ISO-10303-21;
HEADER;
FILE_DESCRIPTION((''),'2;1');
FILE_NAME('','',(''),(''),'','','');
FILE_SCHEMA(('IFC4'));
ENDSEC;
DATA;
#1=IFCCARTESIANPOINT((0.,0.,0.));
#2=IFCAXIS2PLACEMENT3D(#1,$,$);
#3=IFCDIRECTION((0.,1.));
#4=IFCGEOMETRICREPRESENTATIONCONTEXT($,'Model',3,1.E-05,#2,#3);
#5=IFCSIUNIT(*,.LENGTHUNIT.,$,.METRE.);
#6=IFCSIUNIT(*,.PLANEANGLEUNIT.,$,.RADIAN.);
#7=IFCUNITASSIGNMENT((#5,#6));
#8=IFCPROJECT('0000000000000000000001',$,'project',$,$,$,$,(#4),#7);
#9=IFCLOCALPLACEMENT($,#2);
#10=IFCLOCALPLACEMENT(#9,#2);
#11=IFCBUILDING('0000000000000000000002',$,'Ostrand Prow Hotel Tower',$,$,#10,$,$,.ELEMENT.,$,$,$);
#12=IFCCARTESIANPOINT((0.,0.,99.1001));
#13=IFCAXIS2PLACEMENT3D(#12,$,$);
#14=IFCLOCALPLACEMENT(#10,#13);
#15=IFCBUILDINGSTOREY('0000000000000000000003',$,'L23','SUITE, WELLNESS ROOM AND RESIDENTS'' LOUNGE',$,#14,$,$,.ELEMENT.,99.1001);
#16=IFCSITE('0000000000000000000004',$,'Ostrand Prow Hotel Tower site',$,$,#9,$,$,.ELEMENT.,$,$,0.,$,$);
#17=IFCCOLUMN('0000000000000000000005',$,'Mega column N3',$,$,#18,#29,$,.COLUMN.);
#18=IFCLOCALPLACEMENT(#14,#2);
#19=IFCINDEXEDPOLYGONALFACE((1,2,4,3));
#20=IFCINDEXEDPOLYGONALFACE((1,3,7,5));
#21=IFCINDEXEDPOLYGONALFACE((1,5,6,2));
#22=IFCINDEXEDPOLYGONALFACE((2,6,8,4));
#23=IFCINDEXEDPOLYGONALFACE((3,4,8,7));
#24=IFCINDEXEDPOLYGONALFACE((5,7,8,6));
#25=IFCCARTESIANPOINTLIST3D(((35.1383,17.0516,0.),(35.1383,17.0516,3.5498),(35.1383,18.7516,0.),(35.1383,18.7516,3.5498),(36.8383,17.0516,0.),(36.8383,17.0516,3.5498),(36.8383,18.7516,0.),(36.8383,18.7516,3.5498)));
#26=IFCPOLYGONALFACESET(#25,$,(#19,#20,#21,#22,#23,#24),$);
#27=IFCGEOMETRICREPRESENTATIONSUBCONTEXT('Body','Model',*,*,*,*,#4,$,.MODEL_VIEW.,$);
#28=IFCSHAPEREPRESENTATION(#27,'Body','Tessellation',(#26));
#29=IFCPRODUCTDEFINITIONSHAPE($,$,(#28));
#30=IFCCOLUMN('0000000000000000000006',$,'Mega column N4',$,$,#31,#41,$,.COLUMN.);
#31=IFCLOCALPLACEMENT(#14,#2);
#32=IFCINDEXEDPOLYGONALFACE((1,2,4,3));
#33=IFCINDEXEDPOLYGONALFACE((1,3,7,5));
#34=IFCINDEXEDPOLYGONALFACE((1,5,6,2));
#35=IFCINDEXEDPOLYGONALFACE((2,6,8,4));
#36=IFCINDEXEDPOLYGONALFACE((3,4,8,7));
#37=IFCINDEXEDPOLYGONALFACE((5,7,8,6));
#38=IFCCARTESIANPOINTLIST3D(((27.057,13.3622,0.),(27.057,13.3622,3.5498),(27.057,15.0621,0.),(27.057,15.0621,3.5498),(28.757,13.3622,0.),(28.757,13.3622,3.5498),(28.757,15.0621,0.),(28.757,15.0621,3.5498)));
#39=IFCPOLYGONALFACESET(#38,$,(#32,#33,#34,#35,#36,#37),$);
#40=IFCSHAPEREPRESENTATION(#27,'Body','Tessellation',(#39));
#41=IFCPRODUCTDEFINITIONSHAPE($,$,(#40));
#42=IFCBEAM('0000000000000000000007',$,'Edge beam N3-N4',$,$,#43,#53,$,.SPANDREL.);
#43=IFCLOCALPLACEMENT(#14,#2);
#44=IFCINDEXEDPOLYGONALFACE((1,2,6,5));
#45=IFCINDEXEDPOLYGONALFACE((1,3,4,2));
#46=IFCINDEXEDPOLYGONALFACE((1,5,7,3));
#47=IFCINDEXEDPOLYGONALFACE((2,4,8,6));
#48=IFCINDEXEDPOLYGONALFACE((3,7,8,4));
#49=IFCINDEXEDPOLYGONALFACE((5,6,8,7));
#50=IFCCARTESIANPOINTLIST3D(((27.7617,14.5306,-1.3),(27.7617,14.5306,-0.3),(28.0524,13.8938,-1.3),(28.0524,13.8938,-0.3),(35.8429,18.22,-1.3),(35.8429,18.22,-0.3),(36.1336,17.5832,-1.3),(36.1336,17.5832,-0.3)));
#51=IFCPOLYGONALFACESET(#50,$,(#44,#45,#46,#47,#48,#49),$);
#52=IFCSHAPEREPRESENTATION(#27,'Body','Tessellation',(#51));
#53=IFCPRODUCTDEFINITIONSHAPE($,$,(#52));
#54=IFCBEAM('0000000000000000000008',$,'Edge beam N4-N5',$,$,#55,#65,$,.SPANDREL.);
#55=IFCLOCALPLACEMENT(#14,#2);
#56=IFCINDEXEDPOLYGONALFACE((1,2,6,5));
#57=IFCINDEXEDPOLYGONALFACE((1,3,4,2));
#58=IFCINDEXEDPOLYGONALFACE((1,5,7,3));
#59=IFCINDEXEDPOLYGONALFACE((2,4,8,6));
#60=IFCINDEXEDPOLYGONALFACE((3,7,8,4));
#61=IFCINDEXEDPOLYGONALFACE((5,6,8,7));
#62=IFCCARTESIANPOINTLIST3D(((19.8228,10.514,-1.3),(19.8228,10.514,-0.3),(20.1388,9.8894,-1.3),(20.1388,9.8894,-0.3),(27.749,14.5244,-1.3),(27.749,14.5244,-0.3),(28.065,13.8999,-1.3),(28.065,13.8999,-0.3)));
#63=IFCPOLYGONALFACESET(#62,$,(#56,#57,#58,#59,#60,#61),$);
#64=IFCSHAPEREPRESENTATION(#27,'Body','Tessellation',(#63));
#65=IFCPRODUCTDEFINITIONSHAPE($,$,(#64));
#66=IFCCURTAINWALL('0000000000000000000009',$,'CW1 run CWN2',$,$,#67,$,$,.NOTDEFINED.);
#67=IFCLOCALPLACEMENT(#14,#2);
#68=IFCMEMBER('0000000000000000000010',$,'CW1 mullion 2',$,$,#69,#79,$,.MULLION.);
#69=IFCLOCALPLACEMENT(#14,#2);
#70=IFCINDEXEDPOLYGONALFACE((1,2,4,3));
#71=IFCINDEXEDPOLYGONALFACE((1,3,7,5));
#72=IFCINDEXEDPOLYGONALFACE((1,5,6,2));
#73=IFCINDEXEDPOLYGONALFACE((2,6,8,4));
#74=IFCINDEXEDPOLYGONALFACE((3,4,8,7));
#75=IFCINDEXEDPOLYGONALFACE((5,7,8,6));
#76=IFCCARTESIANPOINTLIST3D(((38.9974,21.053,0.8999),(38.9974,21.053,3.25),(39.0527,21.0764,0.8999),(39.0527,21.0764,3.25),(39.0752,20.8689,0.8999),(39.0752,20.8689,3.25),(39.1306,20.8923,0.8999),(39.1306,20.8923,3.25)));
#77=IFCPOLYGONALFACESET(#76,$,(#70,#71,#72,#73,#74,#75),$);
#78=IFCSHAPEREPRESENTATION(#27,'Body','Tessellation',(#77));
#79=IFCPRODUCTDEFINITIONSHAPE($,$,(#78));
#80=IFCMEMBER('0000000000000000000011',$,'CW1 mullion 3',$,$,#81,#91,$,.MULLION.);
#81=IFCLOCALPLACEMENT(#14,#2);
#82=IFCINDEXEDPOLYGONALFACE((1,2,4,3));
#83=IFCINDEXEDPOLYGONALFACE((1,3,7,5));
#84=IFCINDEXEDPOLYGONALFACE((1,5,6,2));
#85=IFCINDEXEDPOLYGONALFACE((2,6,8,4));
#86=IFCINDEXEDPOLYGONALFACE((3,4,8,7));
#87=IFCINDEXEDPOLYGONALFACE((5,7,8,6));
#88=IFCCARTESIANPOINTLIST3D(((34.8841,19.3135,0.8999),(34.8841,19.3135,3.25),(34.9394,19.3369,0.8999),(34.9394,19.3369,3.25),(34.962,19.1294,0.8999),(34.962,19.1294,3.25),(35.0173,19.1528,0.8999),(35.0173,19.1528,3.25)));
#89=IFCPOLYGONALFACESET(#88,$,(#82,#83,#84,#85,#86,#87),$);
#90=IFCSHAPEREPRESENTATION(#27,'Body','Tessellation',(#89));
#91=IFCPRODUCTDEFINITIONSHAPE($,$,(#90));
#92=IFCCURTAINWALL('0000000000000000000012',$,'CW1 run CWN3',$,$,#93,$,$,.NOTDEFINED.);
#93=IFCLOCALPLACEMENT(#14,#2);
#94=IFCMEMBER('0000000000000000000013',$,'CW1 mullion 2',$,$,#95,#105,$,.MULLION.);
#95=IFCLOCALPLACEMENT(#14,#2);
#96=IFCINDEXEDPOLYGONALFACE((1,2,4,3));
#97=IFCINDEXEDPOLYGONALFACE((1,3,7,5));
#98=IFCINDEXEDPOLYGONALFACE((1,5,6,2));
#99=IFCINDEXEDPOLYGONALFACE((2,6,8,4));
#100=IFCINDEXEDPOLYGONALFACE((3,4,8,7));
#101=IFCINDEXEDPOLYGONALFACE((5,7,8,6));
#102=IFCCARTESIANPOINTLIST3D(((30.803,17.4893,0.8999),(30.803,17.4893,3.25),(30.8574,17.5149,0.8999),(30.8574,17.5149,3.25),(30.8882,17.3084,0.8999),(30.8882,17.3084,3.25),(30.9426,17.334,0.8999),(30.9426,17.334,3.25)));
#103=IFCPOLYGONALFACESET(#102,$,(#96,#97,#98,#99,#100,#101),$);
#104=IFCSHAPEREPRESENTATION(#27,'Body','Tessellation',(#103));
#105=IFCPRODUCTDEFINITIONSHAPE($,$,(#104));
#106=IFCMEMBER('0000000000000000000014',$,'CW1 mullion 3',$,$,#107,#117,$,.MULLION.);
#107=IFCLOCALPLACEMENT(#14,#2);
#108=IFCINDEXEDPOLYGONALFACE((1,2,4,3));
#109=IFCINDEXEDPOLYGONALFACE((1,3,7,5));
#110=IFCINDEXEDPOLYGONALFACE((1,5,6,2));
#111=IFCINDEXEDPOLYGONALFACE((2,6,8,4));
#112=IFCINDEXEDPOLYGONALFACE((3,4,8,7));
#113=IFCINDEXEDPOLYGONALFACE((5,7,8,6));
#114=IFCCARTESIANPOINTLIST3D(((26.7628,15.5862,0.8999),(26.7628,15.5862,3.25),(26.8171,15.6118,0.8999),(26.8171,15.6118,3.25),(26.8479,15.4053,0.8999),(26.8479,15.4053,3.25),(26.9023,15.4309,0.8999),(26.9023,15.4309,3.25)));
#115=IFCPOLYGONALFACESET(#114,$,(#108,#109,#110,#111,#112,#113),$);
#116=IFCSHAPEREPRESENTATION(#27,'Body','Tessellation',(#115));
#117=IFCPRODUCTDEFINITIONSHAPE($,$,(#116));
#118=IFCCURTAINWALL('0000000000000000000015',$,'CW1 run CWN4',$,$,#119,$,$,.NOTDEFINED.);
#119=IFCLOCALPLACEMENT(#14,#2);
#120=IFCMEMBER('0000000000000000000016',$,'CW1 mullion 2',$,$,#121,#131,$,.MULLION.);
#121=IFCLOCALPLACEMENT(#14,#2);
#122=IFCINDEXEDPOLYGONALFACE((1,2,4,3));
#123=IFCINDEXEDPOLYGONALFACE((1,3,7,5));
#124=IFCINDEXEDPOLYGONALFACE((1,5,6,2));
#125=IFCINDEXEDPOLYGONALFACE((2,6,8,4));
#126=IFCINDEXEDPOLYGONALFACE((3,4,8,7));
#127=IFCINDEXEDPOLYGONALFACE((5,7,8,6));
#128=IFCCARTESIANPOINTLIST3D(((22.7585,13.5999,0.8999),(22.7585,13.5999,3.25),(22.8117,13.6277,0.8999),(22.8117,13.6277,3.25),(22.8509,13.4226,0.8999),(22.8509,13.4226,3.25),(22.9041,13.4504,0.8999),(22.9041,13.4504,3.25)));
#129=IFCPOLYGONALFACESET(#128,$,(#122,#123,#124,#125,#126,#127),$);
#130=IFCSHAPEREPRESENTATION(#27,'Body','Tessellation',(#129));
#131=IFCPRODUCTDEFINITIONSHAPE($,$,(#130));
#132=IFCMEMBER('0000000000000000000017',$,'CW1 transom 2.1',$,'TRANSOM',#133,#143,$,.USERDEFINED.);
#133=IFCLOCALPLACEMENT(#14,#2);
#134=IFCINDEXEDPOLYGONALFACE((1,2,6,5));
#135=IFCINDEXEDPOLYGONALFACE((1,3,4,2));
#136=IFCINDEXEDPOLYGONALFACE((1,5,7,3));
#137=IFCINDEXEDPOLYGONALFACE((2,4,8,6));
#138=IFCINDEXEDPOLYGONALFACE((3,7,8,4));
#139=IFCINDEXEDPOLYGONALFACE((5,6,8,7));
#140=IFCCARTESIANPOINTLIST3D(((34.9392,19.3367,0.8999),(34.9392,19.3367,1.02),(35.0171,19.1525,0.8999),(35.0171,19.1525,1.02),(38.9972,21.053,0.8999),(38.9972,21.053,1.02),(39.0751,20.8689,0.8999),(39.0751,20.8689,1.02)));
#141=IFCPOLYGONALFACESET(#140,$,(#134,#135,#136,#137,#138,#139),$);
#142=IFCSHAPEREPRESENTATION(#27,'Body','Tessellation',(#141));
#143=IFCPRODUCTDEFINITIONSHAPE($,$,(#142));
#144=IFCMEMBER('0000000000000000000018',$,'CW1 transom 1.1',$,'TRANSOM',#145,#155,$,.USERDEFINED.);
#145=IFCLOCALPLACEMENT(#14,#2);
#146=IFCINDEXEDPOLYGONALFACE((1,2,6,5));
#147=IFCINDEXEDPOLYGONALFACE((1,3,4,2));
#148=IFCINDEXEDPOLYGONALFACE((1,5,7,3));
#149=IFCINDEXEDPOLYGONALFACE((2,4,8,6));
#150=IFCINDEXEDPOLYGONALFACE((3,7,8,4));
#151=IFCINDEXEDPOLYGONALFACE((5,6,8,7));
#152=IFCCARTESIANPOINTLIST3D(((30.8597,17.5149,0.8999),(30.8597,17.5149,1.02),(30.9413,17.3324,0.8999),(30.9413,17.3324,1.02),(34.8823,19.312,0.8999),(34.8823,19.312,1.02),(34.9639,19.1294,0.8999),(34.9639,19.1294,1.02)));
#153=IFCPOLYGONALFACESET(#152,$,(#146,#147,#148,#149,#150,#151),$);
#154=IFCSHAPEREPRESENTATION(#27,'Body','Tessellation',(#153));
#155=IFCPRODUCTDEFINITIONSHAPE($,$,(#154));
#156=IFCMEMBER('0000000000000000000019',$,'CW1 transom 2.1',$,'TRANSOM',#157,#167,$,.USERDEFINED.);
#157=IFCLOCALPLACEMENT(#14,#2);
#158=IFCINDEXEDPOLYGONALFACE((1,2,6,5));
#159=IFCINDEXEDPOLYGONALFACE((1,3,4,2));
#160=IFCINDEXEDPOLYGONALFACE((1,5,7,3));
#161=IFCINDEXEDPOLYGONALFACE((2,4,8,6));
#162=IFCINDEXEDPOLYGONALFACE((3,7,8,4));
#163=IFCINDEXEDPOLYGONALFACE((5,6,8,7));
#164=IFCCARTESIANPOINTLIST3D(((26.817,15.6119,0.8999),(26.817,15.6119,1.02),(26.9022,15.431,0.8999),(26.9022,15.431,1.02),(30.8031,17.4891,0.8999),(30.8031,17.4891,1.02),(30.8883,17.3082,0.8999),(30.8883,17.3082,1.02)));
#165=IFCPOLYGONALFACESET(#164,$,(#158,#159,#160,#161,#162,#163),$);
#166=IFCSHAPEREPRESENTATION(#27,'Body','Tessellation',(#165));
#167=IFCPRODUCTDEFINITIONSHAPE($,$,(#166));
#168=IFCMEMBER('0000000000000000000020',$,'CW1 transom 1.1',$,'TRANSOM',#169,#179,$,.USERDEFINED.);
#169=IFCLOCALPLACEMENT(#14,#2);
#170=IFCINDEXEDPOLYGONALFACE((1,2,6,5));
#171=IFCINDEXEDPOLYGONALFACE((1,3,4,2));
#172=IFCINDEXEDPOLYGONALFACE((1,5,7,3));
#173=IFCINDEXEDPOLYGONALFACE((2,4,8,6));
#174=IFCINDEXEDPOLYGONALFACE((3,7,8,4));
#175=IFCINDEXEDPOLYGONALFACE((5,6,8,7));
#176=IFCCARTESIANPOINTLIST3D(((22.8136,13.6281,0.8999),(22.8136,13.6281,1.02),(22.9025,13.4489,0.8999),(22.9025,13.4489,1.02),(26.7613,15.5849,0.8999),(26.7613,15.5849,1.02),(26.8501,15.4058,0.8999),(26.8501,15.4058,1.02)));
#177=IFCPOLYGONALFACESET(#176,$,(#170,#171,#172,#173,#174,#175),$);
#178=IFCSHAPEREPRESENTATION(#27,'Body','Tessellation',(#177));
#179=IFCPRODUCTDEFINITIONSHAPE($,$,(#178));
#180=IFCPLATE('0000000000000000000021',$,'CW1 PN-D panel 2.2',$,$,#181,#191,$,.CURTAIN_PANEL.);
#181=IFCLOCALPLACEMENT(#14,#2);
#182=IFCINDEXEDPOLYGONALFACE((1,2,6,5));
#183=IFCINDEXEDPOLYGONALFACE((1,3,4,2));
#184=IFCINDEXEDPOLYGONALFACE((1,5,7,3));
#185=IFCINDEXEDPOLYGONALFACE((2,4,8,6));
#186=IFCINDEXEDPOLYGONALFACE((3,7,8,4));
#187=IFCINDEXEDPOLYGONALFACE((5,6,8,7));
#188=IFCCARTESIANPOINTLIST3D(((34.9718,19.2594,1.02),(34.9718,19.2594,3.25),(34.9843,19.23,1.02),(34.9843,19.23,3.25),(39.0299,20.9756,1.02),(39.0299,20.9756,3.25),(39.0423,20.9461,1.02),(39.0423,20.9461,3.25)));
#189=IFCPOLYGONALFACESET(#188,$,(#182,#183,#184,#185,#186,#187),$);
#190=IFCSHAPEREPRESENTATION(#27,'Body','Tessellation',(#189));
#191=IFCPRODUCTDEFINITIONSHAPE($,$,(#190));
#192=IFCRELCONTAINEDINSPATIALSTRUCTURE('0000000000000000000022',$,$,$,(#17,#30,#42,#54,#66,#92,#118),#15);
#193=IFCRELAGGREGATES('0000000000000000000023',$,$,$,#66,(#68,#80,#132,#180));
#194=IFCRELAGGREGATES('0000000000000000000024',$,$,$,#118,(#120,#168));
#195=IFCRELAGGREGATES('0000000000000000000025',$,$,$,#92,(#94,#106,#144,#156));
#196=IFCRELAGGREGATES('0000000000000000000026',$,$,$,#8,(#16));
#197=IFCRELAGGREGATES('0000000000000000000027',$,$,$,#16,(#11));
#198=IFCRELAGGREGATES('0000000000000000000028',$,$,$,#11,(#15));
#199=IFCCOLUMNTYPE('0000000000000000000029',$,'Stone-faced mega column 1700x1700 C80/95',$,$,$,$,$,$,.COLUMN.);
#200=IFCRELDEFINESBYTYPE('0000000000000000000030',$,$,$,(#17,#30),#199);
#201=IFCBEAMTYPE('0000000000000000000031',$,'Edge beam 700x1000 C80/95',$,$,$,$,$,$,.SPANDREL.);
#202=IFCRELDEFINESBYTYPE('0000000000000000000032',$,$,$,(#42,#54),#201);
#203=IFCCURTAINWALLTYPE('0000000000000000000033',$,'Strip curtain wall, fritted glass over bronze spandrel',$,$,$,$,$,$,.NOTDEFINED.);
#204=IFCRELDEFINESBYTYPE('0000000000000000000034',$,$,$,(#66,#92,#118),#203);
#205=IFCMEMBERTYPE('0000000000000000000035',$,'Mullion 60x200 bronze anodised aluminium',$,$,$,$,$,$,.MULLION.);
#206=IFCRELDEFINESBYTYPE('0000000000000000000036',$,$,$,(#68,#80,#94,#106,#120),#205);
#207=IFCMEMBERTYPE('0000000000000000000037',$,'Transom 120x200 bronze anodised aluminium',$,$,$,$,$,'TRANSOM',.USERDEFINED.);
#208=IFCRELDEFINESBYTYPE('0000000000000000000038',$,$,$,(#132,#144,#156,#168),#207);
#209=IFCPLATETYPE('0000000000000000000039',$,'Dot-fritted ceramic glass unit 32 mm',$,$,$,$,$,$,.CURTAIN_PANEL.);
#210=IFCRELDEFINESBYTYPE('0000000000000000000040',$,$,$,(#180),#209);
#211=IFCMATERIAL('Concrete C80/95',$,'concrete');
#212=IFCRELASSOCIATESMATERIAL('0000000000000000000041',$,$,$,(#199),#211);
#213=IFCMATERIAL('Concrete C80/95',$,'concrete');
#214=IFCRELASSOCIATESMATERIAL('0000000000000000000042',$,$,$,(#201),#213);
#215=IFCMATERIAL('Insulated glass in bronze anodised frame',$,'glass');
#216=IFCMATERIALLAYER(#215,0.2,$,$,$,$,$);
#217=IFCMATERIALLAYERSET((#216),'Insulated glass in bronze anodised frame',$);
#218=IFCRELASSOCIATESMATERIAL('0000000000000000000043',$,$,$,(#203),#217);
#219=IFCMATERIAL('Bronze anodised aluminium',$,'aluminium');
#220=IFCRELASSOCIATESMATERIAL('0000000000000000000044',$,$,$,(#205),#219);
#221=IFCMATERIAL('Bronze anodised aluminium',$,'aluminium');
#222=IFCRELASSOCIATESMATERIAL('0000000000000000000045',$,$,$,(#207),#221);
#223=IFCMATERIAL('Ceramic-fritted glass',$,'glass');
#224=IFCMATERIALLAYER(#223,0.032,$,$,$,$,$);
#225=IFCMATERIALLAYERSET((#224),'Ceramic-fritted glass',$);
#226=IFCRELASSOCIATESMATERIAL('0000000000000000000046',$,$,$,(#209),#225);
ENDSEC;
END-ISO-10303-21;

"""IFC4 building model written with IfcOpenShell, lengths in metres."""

from ifc_helpers import new_model, si_unit, direction, frame, origin, origin_2d, place, context, subcontext, project, spatial, rectangle, extrude, material, layer, layer_set, material_profile, profile_set, type_object, element, aggregate, save


model = new_model("IFC4")

# Units and contexts
model_context = context("Model", 3, precision=1e-05, world=origin(), true_north=direction((0.0, 1.0)))
body_context = subcontext(model_context, "Body", "Model", "MODEL_VIEW")
ifc_project = project(units=[si_unit("LENGTHUNIT", "METRE"), si_unit("PLANEANGLEUNIT", "RADIAN")], contexts=[model_context])

# Site, building, storey
site_placement = place(None, origin())
site = spatial("IfcSite", under=ifc_project, at=site_placement, Name="Ostrand Prow Hotel Tower site", CompositionType="ELEMENT", RefElevation=0.0)
building_placement = place(site_placement, origin())
building = spatial("IfcBuilding", under=site, at=building_placement, Name="Ostrand Prow Hotel Tower", CompositionType="ELEMENT")
storey_placement = place(building_placement, frame((0.0, 0.0, 99.1001)))
storey = spatial("IfcBuildingStorey", under=building, at=storey_placement, Name="L23", Description="SUITE, WELLNESS ROOM AND RESIDENTS' LOUNGE", CompositionType="ELEMENT", Elevation=99.1001)

# Columns
ifc_material_1 = material(Name="Concrete C80/95", Category="concrete")
ifc_material_profile_1 = material_profile(ifc_material_1, rectangle(XDim=1.7, YDim=1.7, at=origin_2d()), Name="RC 1700x1700")
ifc_profile_set_1 = profile_set([ifc_material_profile_1], Name="Concrete C80/95")
column_type = type_object("IfcColumnType", Name="Stone-faced mega column 1700x1700 C80/95", PredefinedType="COLUMN", material=ifc_profile_set_1)
for number, where, z_axis, x_axis, name in (
    (1, (35.9883, 17.9016, 0.0), (0.0, 0.0, 1.0), (1.0, 0.0, 0.0), "Mega column N3"),
    (2, (27.907, 14.2122, 0.0), (0.0, 0.0, 1.0), (1.0, 0.0, 0.0), "Mega column N4"),
):
    element("IfcColumn", number, at=place(storey_placement, frame(where, z_axis=z_axis, x_axis=x_axis)), inside=storey, type_object=column_type, Name=name, PredefinedType="COLUMN", context=body_context, shape_type="SweptSolid", body=[
        extrude(rectangle(XDim=1.7, YDim=1.7, at=origin_2d()), origin(), (0.0, 0.0, 1.0), 3.5498),
    ])

# Beams
ifc_material_2 = material(Name="Concrete C80/95", Category="concrete")
ifc_material_profile_2 = material_profile(ifc_material_2, rectangle(XDim=0.7, YDim=1.0, at=origin_2d()), Name="RC 700x1000")
ifc_profile_set_2 = profile_set([ifc_material_profile_2], Name="Concrete C80/95")
beam_type = type_object("IfcBeamType", Name="Edge beam 700x1000 C80/95", PredefinedType="SPANDREL", material=ifc_profile_set_2)
beam_1_placement = place(storey_placement, frame((35.9883, 17.9016, -0.8), z_axis=(-0.909681, -0.415308, 0.0), x_axis=(0.415308, -0.909681, 0.0)))
element("IfcBeam", 3, at=beam_1_placement, inside=storey, type_object=beam_type, Name="Edge beam N3-N4", PredefinedType="SPANDREL", context=body_context, shape_type="SweptSolid", body=[
    extrude(rectangle(XDim=0.7, YDim=1.0, at=origin_2d()), origin(), (0.0, 0.0, 1.0), 8.8835),
])
beam_2_placement = place(storey_placement, frame((27.907, 14.2122, -0.8), z_axis=(-0.892284, -0.451474, 0.0), x_axis=(0.451474, -0.892284, 0.0)))
element("IfcBeam", 4, at=beam_2_placement, inside=storey, type_object=beam_type, Name="Edge beam N4-N5", PredefinedType="SPANDREL", context=body_context, shape_type="SweptSolid", body=[
    extrude(rectangle(XDim=0.7, YDim=1.0, at=origin_2d()), origin(), (0.0, 0.0, 1.0), 8.8831),
])

# Curtain walls, members
ifc_material_3 = material(Name="Insulated glass in bronze anodised frame", Category="glass")
ifc_layer_1 = layer(ifc_material_3, 0.2)
ifc_layer_set_1 = layer_set([ifc_layer_1], Name="Insulated glass in bronze anodised frame")
curtain_wall_type = type_object("IfcCurtainWallType", Name="Strip curtain wall, fritted glass over bronze spandrel", PredefinedType="NOTDEFINED", material=ifc_layer_set_1)
curtain_wall_1_placement = place(storey_placement, origin())
curtain_wall_1 = element("IfcCurtainWall", 5, at=curtain_wall_1_placement, inside=storey, type_object=curtain_wall_type, Name="CW1 run CWN2", PredefinedType="NOTDEFINED")
ifc_material_4 = material(Name="Bronze anodised aluminium", Category="aluminium")
ifc_material_profile_3 = material_profile(ifc_material_4, rectangle(XDim=0.2, YDim=0.0601, at=origin_2d()), Name="Mullion 60x200 bronze anodised aluminium")
ifc_profile_set_3 = profile_set([ifc_material_profile_3], Name="Bronze anodised aluminium")
member_type_1 = type_object("IfcMemberType", Name="Mullion 60x200 bronze anodised aluminium", PredefinedType="MULLION", material=ifc_profile_set_3)
member_1_placement = place(storey_placement, frame((39.064, 20.9727, 0.8999), z_axis=(0.0, 0.0, 1.0), x_axis=(0.389507, -0.921024, 0.0)))
member_1 = element("IfcMember", 6, at=member_1_placement, type_object=member_type_1, Name="CW1 mullion 2", PredefinedType="MULLION", context=body_context, shape_type="SweptSolid", body=[
    extrude(rectangle(XDim=0.2, YDim=0.0601, at=origin_2d()), origin(), (0.0, 0.0, 1.0), 2.3501),
])
member_2_placement = place(storey_placement, frame((34.9507, 19.2332, 0.8999), z_axis=(0.0, 0.0, 1.0), x_axis=(0.389507, -0.921024, 0.0)))
member_2 = element("IfcMember", 7, at=member_2_placement, type_object=member_type_1, Name="CW1 mullion 3", PredefinedType="MULLION", context=body_context, shape_type="SweptSolid", body=[
    extrude(rectangle(XDim=0.2, YDim=0.0601, at=origin_2d()), origin(), (0.0, 0.0, 1.0), 2.3501),
])
curtain_wall_2_placement = place(storey_placement, origin())
curtain_wall_2 = element("IfcCurtainWall", 8, at=curtain_wall_2_placement, inside=storey, type_object=curtain_wall_type, Name="CW1 run CWN3", PredefinedType="NOTDEFINED")
member_3_placement = place(storey_placement, frame((30.8728, 17.4116, 0.8999), z_axis=(0.0, 0.0, 1.0), x_axis=(0.426079, -0.904686, 0.0)))
member_3 = element("IfcMember", 9, at=member_3_placement, type_object=member_type_1, Name="CW1 mullion 2", PredefinedType="MULLION", context=body_context, shape_type="SweptSolid", body=[
    extrude(rectangle(XDim=0.2, YDim=0.0601, at=origin_2d()), origin(), (0.0, 0.0, 1.0), 2.3501),
])
member_4_placement = place(storey_placement, frame((26.8325, 15.5085, 0.8999), z_axis=(0.0, 0.0, 1.0), x_axis=(0.426079, -0.904686, 0.0)))
member_4 = element("IfcMember", 10, at=member_4_placement, type_object=member_type_1, Name="CW1 mullion 3", PredefinedType="MULLION", context=body_context, shape_type="SweptSolid", body=[
    extrude(rectangle(XDim=0.2, YDim=0.0601, at=origin_2d()), origin(), (0.0, 0.0, 1.0), 2.3501),
])

# Curtain wall, member
curtain_wall_3_placement = place(storey_placement, origin())
curtain_wall_3 = element("IfcCurtainWall", 11, at=curtain_wall_3_placement, inside=storey, type_object=curtain_wall_type, Name="CW1 run CWN4", PredefinedType="NOTDEFINED")
member_5_placement = place(storey_placement, frame((22.8313, 13.5251, 0.8999), z_axis=(0.0, 0.0, 1.0), x_axis=(0.461968, -0.886896, 0.0)))
member_5 = element("IfcMember", 12, at=member_5_placement, type_object=member_type_1, Name="CW1 mullion 2", PredefinedType="MULLION", context=body_context, shape_type="SweptSolid", body=[
    extrude(rectangle(XDim=0.2, YDim=0.0601, at=origin_2d()), origin(), (0.0, 0.0, 1.0), 2.3501),
])

# Members
ifc_material_5 = material(Name="Bronze anodised aluminium", Category="aluminium")
ifc_material_profile_4 = material_profile(ifc_material_5, rectangle(XDim=0.2, YDim=0.1201, at=origin_2d()), Name="Transom 120x200 bronze anodised aluminium")
ifc_profile_set_4 = profile_set([ifc_material_profile_4], Name="Bronze anodised aluminium")
member_type_2 = type_object("IfcMemberType", Name="Transom 120x200 bronze anodised aluminium", ElementType="TRANSOM", PredefinedType="USERDEFINED", material=ifc_profile_set_4)
member_6_placement = place(storey_placement, frame((39.0361, 20.9609, 0.96), z_axis=(-0.921006, -0.389548, 0.0), x_axis=(0.389548, -0.921006, 0.0)))
member_6 = element("IfcMember", 13, at=member_6_placement, type_object=member_type_2, Name="CW1 transom 2.1", ObjectType="TRANSOM", PredefinedType="USERDEFINED", context=body_context, shape_type="SweptSolid", body=[
    extrude(rectangle(XDim=0.2, YDim=0.1201, at=origin_2d()), origin(), (0.0, 0.0, 1.0), 4.406),
])
member_7_placement = place(storey_placement, frame((34.9231, 19.2207, 0.96), z_axis=(-0.913031, -0.407891, 0.0), x_axis=(0.407891, -0.913031, 0.0)))
member_7 = element("IfcMember", 14, at=member_7_placement, type_object=member_type_2, Name="CW1 transom 1.1", ObjectType="TRANSOM", PredefinedType="USERDEFINED", context=body_context, shape_type="SweptSolid", body=[
    extrude(rectangle(XDim=0.2, YDim=0.1201, at=origin_2d()), origin(), (0.0, 0.0, 1.0), 4.4058),
])
member_8_placement = place(storey_placement, frame((30.8457, 17.3987, 0.96), z_axis=(-0.904697, -0.426056, 0.0), x_axis=(0.426056, -0.904697, 0.0)))
member_8 = element("IfcMember", 15, at=member_8_placement, type_object=member_type_2, Name="CW1 transom 2.1", ObjectType="TRANSOM", PredefinedType="USERDEFINED", context=body_context, shape_type="SweptSolid", body=[
    extrude(rectangle(XDim=0.2, YDim=0.1201, at=origin_2d()), origin(), (0.0, 0.0, 1.0), 4.406),
])
member_9_placement = place(storey_placement, frame((26.8057, 15.4954, 0.96), z_axis=(-0.895962, -0.44413, 0.0), x_axis=(0.44413, -0.895962, 0.0)))
member_9 = element("IfcMember", 16, at=member_9_placement, type_object=member_type_2, Name="CW1 transom 1.1", ObjectType="TRANSOM", PredefinedType="USERDEFINED", context=body_context, shape_type="SweptSolid", body=[
    extrude(rectangle(XDim=0.2, YDim=0.1201, at=origin_2d()), origin(), (0.0, 0.0, 1.0), 4.406),
])

# Plate
ifc_material_6 = material(Name="Ceramic-fritted glass", Category="glass")
ifc_layer_2 = layer(ifc_material_6, 0.032)
ifc_layer_set_2 = layer_set([ifc_layer_2], Name="Ceramic-fritted glass")
plate_type_1 = type_object("IfcPlateType", Name="Dot-fritted ceramic glass unit 32 mm", PredefinedType="CURTAIN_PANEL", material=ifc_layer_set_2)
plate_1_placement = place(storey_placement, frame((37.0071, 20.1028, 1.02), z_axis=(0.0, 0.0, 1.0), x_axis=(-0.921024, -0.389507, 0.0)))
plate_1 = element("IfcPlate", 17, at=plate_1_placement, type_object=plate_type_1, Name="CW1 PN-D panel 2.2", PredefinedType="CURTAIN_PANEL", context=body_context, shape_type="SweptSolid", body=[
    extrude(rectangle(XDim=4.406, YDim=0.032, at=origin_2d()), origin(), (0.0, 0.0, 1.0), 2.23),
])
aggregate(curtain_wall_1, [member_1, member_2, member_6, plate_1])
aggregate(curtain_wall_3, [member_5, member_9])
aggregate(curtain_wall_2, [member_3, member_4, member_7, member_8])

save(model, "model.ifc")
